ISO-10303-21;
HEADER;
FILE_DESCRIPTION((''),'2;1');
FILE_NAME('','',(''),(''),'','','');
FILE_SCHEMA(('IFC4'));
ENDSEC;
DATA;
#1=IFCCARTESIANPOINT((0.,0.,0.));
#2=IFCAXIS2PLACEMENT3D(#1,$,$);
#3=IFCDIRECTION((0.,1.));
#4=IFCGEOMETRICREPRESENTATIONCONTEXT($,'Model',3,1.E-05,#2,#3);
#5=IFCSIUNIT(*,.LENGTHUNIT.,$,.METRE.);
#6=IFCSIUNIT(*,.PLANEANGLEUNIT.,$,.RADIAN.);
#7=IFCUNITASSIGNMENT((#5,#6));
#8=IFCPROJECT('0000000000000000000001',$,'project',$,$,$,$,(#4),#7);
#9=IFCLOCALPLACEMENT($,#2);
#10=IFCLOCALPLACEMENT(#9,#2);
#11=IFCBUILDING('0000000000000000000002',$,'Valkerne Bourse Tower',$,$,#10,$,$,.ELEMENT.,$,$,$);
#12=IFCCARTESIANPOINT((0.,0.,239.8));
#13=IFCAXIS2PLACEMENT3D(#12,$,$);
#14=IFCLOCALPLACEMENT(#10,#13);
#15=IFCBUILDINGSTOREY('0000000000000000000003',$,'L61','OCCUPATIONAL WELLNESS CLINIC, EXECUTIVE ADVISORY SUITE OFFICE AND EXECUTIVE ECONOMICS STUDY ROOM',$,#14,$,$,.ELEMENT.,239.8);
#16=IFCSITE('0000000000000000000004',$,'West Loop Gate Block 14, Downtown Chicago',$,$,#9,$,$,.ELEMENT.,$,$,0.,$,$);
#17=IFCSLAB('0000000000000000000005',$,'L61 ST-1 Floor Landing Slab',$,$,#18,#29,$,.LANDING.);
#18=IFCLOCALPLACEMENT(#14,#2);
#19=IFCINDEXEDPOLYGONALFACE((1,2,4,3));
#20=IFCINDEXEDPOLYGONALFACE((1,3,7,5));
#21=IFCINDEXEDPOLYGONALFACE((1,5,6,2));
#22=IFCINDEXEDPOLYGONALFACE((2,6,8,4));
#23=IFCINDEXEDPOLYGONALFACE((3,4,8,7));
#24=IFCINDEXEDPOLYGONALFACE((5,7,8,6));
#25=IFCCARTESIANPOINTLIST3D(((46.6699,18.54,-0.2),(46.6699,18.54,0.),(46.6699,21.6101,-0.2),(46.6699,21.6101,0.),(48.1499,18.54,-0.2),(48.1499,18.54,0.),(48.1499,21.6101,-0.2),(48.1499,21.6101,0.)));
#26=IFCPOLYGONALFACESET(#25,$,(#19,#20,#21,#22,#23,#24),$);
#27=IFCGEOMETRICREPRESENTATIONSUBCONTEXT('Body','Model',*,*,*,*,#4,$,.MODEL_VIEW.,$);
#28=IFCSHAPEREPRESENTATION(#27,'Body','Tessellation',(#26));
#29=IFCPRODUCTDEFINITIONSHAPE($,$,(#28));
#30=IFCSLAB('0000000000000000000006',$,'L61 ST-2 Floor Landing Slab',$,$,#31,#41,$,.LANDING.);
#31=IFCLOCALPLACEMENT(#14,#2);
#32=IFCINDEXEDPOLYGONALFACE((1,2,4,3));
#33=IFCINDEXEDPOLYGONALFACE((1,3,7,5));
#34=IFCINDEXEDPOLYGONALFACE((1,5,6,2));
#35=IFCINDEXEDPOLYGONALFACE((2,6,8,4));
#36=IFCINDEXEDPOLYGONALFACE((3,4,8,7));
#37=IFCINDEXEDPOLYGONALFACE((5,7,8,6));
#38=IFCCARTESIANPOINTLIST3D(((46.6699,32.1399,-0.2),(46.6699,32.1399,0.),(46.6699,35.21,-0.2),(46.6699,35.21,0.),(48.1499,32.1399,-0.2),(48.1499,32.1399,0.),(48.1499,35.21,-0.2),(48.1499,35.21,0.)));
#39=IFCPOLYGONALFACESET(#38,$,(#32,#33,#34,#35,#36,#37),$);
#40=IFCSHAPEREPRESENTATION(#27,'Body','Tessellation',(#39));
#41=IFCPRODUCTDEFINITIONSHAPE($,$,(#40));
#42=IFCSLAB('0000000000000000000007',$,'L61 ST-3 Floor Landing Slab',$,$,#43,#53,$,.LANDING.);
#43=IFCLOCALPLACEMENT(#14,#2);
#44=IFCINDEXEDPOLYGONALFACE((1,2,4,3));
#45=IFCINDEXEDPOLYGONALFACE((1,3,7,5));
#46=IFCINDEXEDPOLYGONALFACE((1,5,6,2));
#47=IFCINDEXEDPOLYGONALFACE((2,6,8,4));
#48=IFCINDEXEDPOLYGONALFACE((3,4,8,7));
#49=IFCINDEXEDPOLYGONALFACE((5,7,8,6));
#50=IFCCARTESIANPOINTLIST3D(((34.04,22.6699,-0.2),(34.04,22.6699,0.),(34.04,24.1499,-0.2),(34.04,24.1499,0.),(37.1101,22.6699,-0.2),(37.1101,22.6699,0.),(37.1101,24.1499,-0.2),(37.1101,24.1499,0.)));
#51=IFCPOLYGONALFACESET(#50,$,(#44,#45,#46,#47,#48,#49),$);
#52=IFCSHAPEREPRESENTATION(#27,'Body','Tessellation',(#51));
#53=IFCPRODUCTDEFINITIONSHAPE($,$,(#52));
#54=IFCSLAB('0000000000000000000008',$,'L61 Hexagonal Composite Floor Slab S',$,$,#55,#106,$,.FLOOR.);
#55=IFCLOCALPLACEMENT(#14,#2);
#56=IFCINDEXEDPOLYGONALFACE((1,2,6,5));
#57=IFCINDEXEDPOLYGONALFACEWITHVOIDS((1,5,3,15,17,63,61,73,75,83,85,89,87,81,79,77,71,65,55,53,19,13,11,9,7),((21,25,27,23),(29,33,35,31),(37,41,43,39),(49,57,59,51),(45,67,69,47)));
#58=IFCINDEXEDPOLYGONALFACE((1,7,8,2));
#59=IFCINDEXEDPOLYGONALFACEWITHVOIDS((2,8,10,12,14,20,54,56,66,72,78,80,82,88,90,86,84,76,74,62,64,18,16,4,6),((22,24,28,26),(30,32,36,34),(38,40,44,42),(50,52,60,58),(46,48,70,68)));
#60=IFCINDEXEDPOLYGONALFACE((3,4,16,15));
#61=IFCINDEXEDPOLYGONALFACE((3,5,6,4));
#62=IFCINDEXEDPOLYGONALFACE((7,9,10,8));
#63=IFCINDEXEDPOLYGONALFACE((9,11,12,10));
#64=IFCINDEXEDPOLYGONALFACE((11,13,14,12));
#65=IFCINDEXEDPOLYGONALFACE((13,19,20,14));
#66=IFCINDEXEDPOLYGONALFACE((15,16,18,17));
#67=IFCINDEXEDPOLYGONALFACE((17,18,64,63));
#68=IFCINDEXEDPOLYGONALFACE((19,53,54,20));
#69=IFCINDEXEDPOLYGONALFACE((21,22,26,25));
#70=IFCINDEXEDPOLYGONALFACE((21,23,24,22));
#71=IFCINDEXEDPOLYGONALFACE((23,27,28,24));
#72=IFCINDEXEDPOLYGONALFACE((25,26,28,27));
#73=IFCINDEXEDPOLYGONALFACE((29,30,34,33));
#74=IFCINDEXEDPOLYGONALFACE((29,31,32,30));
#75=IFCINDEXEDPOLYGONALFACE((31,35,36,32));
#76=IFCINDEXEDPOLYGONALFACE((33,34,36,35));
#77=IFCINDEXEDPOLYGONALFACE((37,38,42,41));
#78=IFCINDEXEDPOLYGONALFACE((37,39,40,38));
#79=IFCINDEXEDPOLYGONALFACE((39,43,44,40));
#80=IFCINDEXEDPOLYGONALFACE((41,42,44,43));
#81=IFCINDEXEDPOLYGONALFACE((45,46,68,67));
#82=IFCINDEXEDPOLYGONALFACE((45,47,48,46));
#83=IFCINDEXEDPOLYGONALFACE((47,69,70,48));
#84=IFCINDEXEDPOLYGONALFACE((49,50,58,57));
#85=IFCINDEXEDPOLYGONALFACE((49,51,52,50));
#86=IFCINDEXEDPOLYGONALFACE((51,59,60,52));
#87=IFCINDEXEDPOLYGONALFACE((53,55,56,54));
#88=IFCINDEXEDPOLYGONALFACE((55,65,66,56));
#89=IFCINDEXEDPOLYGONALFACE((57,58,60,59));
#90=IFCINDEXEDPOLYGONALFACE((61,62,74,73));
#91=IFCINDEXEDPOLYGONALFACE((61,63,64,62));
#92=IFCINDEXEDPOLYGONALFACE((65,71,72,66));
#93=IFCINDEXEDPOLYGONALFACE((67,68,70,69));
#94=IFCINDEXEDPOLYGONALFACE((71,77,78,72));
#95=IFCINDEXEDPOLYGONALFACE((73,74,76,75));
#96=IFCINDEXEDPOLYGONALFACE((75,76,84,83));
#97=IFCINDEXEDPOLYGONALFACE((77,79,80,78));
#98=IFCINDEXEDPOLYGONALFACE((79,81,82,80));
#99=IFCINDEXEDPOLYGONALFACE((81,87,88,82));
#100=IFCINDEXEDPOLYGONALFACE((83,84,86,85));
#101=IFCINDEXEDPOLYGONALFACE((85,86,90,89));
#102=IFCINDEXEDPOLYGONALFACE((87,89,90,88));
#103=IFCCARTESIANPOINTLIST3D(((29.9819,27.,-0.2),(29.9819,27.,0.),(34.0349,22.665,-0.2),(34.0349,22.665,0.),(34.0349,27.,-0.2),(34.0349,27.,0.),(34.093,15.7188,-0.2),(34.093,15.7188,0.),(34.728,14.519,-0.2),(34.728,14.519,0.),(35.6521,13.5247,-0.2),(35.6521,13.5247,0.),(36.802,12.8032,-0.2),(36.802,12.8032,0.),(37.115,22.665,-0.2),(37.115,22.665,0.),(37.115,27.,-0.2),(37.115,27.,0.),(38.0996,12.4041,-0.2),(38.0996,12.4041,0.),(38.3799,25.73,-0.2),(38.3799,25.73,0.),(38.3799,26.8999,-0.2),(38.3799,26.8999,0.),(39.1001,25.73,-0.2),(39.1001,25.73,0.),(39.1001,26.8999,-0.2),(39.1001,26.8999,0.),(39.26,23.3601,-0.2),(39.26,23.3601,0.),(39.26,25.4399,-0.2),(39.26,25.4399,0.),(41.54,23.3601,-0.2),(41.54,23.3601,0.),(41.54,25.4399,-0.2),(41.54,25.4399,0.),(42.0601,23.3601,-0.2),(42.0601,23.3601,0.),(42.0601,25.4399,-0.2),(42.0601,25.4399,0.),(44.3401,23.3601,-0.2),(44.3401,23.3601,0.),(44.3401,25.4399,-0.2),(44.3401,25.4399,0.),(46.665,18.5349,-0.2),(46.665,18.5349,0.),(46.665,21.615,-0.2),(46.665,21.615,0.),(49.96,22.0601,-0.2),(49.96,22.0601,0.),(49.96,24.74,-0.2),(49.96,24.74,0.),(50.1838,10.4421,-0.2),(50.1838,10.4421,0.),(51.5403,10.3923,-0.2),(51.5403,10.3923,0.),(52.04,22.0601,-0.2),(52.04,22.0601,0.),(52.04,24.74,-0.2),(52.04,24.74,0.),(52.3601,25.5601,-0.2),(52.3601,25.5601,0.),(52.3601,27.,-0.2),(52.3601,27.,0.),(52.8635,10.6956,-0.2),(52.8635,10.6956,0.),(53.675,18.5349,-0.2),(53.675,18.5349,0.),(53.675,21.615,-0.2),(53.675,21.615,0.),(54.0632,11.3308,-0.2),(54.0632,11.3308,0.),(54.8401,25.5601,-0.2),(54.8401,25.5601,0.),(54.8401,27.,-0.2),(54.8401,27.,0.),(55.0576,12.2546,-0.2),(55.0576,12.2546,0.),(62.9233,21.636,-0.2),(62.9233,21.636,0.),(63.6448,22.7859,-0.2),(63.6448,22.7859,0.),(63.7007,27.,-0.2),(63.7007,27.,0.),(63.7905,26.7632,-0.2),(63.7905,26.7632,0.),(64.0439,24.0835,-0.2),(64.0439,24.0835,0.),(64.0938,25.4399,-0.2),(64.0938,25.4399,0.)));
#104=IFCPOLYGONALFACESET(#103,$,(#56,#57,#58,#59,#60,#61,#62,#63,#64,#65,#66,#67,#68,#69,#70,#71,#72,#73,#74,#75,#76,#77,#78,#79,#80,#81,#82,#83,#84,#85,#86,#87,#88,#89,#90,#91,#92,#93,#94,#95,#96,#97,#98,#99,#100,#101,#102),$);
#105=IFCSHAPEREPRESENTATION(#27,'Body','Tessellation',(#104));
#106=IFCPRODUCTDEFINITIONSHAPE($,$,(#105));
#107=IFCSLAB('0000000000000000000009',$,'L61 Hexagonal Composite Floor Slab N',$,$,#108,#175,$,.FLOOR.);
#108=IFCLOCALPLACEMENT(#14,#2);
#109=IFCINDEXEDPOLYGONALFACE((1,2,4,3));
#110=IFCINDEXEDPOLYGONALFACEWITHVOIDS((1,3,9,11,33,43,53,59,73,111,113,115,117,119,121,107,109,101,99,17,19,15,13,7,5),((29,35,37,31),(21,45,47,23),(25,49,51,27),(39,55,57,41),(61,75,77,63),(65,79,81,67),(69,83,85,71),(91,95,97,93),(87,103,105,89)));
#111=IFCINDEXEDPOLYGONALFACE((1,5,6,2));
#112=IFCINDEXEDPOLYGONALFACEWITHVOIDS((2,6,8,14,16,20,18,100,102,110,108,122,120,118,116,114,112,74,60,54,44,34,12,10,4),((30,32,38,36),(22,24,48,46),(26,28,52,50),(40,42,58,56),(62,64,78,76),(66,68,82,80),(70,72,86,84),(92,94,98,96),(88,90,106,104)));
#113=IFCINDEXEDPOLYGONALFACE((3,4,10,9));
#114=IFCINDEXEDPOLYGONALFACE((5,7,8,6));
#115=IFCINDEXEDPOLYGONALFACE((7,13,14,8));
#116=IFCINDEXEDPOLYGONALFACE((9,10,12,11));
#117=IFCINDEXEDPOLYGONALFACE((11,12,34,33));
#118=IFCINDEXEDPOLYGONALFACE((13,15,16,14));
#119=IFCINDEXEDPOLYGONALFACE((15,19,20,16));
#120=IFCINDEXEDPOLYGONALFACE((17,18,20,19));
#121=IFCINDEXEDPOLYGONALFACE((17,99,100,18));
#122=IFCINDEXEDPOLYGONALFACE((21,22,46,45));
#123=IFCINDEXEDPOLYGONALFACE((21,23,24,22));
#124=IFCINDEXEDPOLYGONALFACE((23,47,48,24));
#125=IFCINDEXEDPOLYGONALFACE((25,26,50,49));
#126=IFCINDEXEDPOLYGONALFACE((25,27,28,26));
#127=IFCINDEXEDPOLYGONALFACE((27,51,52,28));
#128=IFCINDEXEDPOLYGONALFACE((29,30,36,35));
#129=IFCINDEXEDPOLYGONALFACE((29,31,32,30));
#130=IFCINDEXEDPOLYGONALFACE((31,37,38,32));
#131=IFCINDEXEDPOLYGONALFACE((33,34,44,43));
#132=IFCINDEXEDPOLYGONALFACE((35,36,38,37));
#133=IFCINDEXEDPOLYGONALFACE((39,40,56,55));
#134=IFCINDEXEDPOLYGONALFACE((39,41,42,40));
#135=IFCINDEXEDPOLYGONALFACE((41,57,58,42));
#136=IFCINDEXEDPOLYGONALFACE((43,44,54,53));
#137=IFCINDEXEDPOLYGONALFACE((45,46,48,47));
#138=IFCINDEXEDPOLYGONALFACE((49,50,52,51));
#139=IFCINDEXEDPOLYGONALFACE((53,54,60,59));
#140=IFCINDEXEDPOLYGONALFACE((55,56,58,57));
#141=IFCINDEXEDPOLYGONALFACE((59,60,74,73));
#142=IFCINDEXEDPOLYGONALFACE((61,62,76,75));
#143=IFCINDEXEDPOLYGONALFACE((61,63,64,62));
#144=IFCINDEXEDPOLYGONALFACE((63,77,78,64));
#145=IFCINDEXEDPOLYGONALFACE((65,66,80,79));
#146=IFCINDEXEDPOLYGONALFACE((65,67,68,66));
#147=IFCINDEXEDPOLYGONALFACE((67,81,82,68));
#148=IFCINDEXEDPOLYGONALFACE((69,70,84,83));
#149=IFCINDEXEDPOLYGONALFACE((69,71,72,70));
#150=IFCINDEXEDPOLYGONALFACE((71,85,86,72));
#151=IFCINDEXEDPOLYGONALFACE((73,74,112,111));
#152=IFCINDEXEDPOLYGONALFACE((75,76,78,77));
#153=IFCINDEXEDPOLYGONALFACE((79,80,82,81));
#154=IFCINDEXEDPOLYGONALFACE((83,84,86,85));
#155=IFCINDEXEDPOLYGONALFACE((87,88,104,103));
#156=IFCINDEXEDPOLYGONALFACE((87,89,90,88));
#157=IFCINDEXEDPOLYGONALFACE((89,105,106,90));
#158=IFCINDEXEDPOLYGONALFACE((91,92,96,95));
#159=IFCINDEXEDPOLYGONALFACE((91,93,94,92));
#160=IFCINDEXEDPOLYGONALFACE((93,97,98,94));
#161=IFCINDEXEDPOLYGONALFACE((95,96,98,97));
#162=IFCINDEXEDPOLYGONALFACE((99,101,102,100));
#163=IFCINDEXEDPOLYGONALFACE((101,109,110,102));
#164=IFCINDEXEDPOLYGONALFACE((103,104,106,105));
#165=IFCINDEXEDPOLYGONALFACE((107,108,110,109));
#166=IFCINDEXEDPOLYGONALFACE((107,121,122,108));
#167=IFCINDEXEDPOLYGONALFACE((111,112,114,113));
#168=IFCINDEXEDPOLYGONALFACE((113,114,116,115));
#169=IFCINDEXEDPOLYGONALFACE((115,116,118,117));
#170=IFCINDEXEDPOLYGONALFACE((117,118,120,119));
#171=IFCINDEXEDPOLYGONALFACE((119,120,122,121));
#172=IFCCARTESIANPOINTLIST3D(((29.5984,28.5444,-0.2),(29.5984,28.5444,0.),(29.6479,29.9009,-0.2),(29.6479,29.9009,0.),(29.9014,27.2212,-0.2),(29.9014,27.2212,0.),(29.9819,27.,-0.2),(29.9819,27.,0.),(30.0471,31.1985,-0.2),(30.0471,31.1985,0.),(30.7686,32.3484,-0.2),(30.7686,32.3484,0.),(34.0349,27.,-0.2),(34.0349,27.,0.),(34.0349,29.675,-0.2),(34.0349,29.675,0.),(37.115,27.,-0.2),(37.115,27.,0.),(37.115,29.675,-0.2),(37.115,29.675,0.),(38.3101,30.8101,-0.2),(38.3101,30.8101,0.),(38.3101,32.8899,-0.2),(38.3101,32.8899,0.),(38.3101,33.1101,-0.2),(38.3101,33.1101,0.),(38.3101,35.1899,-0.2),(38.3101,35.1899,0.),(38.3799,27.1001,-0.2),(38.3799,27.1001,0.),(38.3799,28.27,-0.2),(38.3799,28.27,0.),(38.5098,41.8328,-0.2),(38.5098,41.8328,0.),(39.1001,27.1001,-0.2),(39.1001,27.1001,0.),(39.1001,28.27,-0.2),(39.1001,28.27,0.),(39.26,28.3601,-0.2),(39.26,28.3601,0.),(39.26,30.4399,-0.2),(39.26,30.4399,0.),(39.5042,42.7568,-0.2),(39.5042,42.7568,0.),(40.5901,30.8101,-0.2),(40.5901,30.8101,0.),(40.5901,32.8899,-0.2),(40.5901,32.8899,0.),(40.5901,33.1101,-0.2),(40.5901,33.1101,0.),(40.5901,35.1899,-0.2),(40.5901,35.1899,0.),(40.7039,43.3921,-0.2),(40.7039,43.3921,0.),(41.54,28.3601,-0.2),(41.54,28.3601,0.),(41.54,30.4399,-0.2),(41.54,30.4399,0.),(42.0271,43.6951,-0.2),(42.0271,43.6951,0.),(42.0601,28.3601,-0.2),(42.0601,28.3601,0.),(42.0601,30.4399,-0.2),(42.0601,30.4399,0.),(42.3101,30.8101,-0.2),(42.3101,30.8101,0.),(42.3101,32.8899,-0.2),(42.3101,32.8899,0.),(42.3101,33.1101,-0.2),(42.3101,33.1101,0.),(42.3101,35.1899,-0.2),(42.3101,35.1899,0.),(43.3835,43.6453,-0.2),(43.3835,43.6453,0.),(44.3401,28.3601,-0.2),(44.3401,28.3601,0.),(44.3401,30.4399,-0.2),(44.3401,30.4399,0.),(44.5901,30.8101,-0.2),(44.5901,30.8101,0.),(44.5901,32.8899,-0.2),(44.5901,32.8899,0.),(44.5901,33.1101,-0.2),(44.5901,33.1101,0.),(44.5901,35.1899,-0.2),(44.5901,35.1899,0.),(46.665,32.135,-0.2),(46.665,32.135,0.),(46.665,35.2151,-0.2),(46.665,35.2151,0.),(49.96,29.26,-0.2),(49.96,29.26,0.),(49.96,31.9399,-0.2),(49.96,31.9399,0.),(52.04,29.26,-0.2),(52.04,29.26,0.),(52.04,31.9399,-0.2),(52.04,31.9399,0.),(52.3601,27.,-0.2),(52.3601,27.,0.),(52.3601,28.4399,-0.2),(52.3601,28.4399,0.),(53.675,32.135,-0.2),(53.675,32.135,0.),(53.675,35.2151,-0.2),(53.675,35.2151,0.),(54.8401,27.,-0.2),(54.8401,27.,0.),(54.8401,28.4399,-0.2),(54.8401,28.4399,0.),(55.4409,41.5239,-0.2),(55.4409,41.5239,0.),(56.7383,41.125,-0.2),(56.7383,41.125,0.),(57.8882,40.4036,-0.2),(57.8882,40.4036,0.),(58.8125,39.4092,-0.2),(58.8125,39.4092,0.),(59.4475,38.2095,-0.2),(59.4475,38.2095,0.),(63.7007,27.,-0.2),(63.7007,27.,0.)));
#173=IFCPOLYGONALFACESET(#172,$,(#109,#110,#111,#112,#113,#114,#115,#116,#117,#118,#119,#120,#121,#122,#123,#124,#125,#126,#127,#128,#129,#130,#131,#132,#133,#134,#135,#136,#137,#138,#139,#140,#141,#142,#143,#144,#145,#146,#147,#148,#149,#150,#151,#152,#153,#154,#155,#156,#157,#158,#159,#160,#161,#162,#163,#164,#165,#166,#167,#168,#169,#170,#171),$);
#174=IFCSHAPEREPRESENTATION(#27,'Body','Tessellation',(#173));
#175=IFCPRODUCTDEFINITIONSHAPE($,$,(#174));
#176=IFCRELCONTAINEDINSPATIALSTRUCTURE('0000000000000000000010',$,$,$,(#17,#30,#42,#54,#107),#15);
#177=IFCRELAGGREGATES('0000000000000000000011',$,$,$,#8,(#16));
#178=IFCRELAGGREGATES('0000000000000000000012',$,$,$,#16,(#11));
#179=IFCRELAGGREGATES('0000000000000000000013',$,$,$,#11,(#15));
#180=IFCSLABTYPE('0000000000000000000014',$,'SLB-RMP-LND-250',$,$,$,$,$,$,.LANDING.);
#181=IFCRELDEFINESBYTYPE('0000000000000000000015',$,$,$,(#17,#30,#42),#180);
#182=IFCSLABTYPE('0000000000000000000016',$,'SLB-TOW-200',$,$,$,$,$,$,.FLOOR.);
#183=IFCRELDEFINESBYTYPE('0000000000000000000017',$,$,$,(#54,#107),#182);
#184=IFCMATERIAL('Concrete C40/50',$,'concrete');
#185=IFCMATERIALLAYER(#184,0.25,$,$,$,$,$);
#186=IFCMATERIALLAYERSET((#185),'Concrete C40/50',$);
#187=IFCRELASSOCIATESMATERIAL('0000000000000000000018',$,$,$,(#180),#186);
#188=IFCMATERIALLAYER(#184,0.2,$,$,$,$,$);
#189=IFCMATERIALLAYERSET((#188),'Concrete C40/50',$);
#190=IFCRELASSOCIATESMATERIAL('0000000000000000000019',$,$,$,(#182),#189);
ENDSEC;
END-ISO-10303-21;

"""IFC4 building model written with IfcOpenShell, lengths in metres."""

from ifc_helpers import new_model, si_unit, direction, frame, origin, place, context, subcontext, project, spatial, polyline, outline, extrude, material, layer, layer_set, type_object, element, save


model = new_model("IFC4")

# Units and contexts
model_context = context("Model", 3, precision=1e-05, world=origin(), true_north=direction((0.0, 1.0)))
body_context = subcontext(model_context, "Body", "Model", "MODEL_VIEW")
ifc_project = project(units=[si_unit("LENGTHUNIT", "METRE"), si_unit("PLANEANGLEUNIT", "RADIAN")], contexts=[model_context])

# Site, building, storey
site_placement = place(None, origin())
site = spatial("IfcSite", under=ifc_project, at=site_placement, Name="West Loop Gate Block 14, Downtown Chicago", CompositionType="ELEMENT", RefElevation=0.0)
building_placement = place(site_placement, origin())
building = spatial("IfcBuilding", under=site, at=building_placement, Name="Valkerne Bourse Tower", CompositionType="ELEMENT")
storey_placement = place(building_placement, frame((0.0, 0.0, 239.8)))
storey = spatial("IfcBuildingStorey", under=building, at=storey_placement, Name="L61", Description="OCCUPATIONAL WELLNESS CLINIC, EXECUTIVE ADVISORY SUITE OFFICE AND EXECUTIVE ECONOMICS STUDY ROOM", CompositionType="ELEMENT", Elevation=239.8)

# Slabs
ifc_material_1 = material(Name="Concrete C40/50", Category="concrete")
ifc_layer_1 = layer(ifc_material_1, 0.25)
ifc_layer_set_1 = layer_set([ifc_layer_1], Name="Concrete C40/50")
slab_type_1 = type_object("IfcSlabType", Name="SLB-RMP-LND-250", PredefinedType="LANDING", material=ifc_layer_set_1)
slab_1_placement = place(storey_placement, frame((0.0, 0.0, -0.2)))
element("IfcSlab", 1, at=slab_1_placement, inside=storey, type_object=slab_type_1, Name="L61 ST-1 Floor Landing Slab", PredefinedType="LANDING", context=body_context, shape_type="SweptSolid", body=[
    extrude(outline(polyline([(46.6699, 18.54), (48.1499, 18.54), (48.1499, 21.6101), (46.6699, 21.6101), (46.6699, 18.54)])), origin(), (0.0, 0.0, 1.0), 0.2),
])
slab_2_placement = place(storey_placement, frame((0.0, 0.0, -0.2)))
element("IfcSlab", 2, at=slab_2_placement, inside=storey, type_object=slab_type_1, Name="L61 ST-2 Floor Landing Slab", PredefinedType="LANDING", context=body_context, shape_type="SweptSolid", body=[
    extrude(outline(polyline([(46.6699, 32.1399), (48.1499, 32.1399), (48.1499, 35.21), (46.6699, 35.21), (46.6699, 32.1399)])), origin(), (0.0, 0.0, 1.0), 0.2),
])
slab_3_placement = place(storey_placement, frame((0.0, 0.0, -0.2)))
element("IfcSlab", 3, at=slab_3_placement, inside=storey, type_object=slab_type_1, Name="L61 ST-3 Floor Landing Slab", PredefinedType="LANDING", context=body_context, shape_type="SweptSolid", body=[
    extrude(outline(polyline([(37.1101, 22.6699), (37.1101, 24.1499), (34.04, 24.1499), (34.04, 22.6699), (37.1101, 22.6699)])), origin(), (0.0, 0.0, 1.0), 0.2),
])
ifc_layer_2 = layer(ifc_material_1, 0.2)
ifc_layer_set_2 = layer_set([ifc_layer_2], Name="Concrete C40/50")
slab_type_2 = type_object("IfcSlabType", Name="SLB-TOW-200", PredefinedType="FLOOR", material=ifc_layer_set_2)
slab_4_placement = place(storey_placement, frame((0.0, 0.0, -0.2)))
element("IfcSlab", 4, at=slab_4_placement, inside=storey, type_object=slab_type_2, Name="L61 Hexagonal Composite Floor Slab S", PredefinedType="FLOOR", context=body_context, shape_type="SweptSolid", body=[
    extrude(outline(polyline([(64.0938, 25.4399), (64.0439, 24.0835), (63.6448, 22.7859), (62.9233, 21.636), (55.0576, 12.2546), (54.0632, 11.3308), (52.8635, 10.6956), (51.5403, 10.3923), (50.1838, 10.4421), (38.0996, 12.4041), (36.802, 12.8032), (35.6521, 13.5247), (34.728, 14.519), (34.093, 15.7188), (29.9819, 27.0), (34.0349, 27.0), (34.0349, 22.665), (37.115, 22.665), (37.115, 27.0), (52.3601, 27.0), (52.3601, 25.5601), (54.8401, 25.5601), (54.8401, 27.0), (63.7007, 27.0), (63.7905, 26.7632), (64.0938, 25.4399)]), holes=[polyline([(41.54, 25.4399), (39.26, 25.4399), (39.26, 23.3601), (41.54, 23.3601), (41.54, 25.4399)]), polyline([(44.3401, 25.4399), (42.0601, 25.4399), (42.0601, 23.3601), (44.3401, 23.3601), (44.3401, 25.4399)]), polyline([(39.1001, 26.8999), (38.3799, 26.8999), (38.3799, 25.73), (39.1001, 25.73), (39.1001, 26.8999)]), polyline([(53.675, 21.615), (46.665, 21.615), (46.665, 18.5349), (53.675, 18.5349), (53.675, 21.615)]), polyline([(52.04, 24.74), (49.96, 24.74), (49.96, 22.0601), (52.04, 22.0601), (52.04, 24.74)])]), origin(), (0.0, 0.0, 1.0), 0.2),
])
slab_5_placement = place(storey_placement, frame((0.0, 0.0, -0.2)))
element("IfcSlab", 5, at=slab_5_placement, inside=storey, type_object=slab_type_2, Name="L61 Hexagonal Composite Floor Slab N", PredefinedType="FLOOR", context=body_context, shape_type="SweptSolid", body=[
    extrude(outline(polyline([(29.9014, 27.2212), (29.5984, 28.5444), (29.6479, 29.9009), (30.0471, 31.1985), (30.7686, 32.3484), (38.5098, 41.8328), (39.5042, 42.7568), (40.7039, 43.3921), (42.0271, 43.6951), (43.3835, 43.6453), (55.4409, 41.5239), (56.7383, 41.125), (57.8882, 40.4036), (58.8125, 39.4092), (59.4475, 38.2095), (63.7007, 27.0), (54.8401, 27.0), (54.8401, 28.4399), (52.3601, 28.4399), (52.3601, 27.0), (37.115, 27.0), (37.115, 29.675), (34.0349, 29.675), (34.0349, 27.0), (29.9819, 27.0), (29.9014, 27.2212)]), holes=[polyline([(39.1001, 28.27), (38.3799, 28.27), (38.3799, 27.1001), (39.1001, 27.1001), (39.1001, 28.27)]), polyline([(41.54, 30.4399), (39.26, 30.4399), (39.26, 28.3601), (41.54, 28.3601), (41.54, 30.4399)]), polyline([(40.5901, 32.8899), (38.3101, 32.8899), (38.3101, 30.8101), (40.5901, 30.8101), (40.5901, 32.8899)]), polyline([(40.5901, 35.1899), (38.3101, 35.1899), (38.3101, 33.1101), (40.5901, 33.1101), (40.5901, 35.1899)]), polyline([(44.3401, 30.4399), (42.0601, 30.4399), (42.0601, 28.3601), (44.3401, 28.3601), (44.3401, 30.4399)]), polyline([(52.04, 31.9399), (49.96, 31.9399), (49.96, 29.26), (52.04, 29.26), (52.04, 31.9399)]), polyline([(44.5901, 32.8899), (42.3101, 32.8899), (42.3101, 30.8101), (44.5901, 30.8101), (44.5901, 32.8899)]), polyline([(53.675, 35.2151), (46.665, 35.2151), (46.665, 32.135), (53.675, 32.135), (53.675, 35.2151)]), polyline([(44.5901, 35.1899), (42.3101, 35.1899), (42.3101, 33.1101), (44.5901, 33.1101), (44.5901, 35.1899)])]), origin(), (0.0, 0.0, 1.0), 0.2),
])

save(model, "model.ifc")
